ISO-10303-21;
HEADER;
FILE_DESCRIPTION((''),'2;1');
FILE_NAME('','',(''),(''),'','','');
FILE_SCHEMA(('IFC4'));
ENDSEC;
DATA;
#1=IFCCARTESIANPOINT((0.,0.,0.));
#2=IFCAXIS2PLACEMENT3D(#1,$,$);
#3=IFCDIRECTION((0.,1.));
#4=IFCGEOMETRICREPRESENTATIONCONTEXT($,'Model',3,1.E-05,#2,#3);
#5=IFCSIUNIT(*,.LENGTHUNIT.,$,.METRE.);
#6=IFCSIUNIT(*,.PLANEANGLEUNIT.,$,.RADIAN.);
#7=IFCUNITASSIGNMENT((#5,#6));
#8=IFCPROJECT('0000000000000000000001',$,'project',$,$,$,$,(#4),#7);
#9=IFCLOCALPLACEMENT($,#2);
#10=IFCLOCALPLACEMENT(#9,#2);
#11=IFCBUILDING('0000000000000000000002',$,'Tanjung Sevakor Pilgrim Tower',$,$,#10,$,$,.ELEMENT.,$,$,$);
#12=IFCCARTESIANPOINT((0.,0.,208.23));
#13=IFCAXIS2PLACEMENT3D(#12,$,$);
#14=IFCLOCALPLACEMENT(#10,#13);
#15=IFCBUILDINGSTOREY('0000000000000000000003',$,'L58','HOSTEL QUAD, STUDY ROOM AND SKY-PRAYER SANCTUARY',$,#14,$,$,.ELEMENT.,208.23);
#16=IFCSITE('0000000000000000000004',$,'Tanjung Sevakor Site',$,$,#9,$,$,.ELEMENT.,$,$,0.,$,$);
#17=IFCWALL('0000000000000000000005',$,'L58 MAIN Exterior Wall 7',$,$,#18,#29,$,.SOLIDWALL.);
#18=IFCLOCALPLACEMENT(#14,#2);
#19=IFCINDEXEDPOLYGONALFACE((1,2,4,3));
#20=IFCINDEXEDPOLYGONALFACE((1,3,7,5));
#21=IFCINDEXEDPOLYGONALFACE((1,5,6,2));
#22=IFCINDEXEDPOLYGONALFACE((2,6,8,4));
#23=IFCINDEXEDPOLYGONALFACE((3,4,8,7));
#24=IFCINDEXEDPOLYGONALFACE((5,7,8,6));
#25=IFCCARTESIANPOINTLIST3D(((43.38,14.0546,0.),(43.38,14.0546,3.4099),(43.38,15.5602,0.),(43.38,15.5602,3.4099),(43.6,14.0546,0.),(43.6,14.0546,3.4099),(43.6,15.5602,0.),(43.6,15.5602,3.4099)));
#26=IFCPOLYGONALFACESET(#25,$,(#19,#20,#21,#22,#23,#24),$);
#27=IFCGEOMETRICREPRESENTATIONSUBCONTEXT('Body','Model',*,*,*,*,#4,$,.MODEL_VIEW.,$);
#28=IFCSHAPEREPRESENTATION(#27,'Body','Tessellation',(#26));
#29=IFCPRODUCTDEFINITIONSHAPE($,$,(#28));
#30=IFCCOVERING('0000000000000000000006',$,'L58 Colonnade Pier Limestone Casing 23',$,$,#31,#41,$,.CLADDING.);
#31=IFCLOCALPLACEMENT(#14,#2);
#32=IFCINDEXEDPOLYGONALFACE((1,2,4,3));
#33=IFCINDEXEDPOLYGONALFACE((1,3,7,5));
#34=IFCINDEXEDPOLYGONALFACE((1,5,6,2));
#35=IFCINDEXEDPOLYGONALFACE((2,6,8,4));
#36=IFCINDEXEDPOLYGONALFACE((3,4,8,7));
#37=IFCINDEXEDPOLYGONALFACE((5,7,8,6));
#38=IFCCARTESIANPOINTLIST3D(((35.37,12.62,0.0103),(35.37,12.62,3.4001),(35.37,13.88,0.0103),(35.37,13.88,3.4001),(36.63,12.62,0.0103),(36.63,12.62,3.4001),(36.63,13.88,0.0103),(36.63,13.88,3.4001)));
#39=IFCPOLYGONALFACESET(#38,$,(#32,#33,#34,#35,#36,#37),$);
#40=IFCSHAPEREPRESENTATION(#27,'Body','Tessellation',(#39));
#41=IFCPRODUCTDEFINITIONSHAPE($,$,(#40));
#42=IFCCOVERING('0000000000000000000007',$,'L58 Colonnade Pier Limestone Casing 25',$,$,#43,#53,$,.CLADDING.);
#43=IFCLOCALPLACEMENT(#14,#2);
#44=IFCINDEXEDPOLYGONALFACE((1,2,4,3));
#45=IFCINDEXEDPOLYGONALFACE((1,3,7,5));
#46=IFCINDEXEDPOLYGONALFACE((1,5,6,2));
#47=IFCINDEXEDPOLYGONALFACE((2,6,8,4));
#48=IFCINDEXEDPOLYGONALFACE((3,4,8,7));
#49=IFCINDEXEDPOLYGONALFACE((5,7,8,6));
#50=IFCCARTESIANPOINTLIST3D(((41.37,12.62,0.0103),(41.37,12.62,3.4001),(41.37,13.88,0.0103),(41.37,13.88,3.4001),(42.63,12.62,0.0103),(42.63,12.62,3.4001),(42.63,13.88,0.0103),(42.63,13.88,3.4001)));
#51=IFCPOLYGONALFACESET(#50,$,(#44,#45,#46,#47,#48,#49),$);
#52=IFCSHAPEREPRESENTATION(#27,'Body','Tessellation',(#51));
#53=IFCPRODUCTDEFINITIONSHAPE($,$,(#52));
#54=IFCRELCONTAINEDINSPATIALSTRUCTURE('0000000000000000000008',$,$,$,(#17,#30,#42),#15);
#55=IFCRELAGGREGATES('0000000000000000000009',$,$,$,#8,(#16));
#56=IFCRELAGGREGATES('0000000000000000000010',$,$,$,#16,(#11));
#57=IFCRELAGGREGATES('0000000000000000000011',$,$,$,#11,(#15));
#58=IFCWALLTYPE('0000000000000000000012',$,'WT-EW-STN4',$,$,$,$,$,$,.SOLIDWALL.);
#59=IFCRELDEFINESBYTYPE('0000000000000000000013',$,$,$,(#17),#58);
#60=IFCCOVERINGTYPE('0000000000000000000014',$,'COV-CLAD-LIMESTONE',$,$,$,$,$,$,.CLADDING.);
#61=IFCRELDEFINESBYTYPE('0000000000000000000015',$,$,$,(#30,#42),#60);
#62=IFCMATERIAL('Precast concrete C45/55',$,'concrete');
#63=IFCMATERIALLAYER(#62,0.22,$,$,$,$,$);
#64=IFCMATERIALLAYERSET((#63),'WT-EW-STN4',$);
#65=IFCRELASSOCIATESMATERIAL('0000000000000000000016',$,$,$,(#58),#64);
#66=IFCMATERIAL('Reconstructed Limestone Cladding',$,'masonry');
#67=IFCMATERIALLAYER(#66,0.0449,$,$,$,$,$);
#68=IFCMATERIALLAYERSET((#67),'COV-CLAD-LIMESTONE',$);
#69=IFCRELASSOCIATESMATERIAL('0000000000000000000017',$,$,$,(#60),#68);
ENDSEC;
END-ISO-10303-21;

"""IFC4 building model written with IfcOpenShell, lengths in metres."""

from ifc_helpers import new_model, si_unit, direction, frame, frame_2d, origin, origin_2d, place, context, subcontext, project, spatial, rectangle, extrude, material, layer, layer_set, type_object, element, save


model = new_model("IFC4")

# Units and contexts
model_context = context("Model", 3, precision=1e-05, world=origin(), true_north=direction((0.0, 1.0)))
body_context = subcontext(model_context, "Body", "Model", "MODEL_VIEW")
ifc_project = project(units=[si_unit("LENGTHUNIT", "METRE"), si_unit("PLANEANGLEUNIT", "RADIAN")], contexts=[model_context])

# Site, building, storey
site_placement = place(None, origin())
site = spatial("IfcSite", under=ifc_project, at=site_placement, Name="Tanjung Sevakor Site", CompositionType="ELEMENT", RefElevation=0.0)
building_placement = place(site_placement, origin())
building = spatial("IfcBuilding", under=site, at=building_placement, Name="Tanjung Sevakor Pilgrim Tower", CompositionType="ELEMENT")
storey_placement = place(building_placement, frame((0.0, 0.0, 208.23)))
storey = spatial("IfcBuildingStorey", under=building, at=storey_placement, Name="L58", Description="HOSTEL QUAD, STUDY ROOM AND SKY-PRAYER SANCTUARY", CompositionType="ELEMENT", Elevation=208.23)

# Wall
ifc_material_1 = material(Name="Precast concrete C45/55", Category="concrete")
ifc_layer_1 = layer(ifc_material_1, 0.22)
ifc_layer_set_1 = layer_set([ifc_layer_1], Name="WT-EW-STN4")
wall_type_1 = type_object("IfcWallType", Name="WT-EW-STN4", PredefinedType="SOLIDWALL", material=ifc_layer_set_1)
wall_1_placement = place(storey_placement, frame((43.49, 14.0544, 0.0), z_axis=(0.0, 0.0, 1.0), x_axis=(0.0, 1.0, 0.0)))
element("IfcWall", 1, at=wall_1_placement, inside=storey, type_object=wall_type_1, Name="L58 MAIN Exterior Wall 7", PredefinedType="SOLIDWALL", context=body_context, shape_type="SweptSolid", body=[
    extrude(rectangle(XDim=1.5056, YDim=0.22, at=frame_2d((0.7529, 0.0))), origin(), (0.0, 0.0, 1.0), 3.4099),
])

# Coverings
ifc_material_2 = material(Name="Reconstructed Limestone Cladding", Category="masonry")
ifc_layer_2 = layer(ifc_material_2, 0.0449)
ifc_layer_set_2 = layer_set([ifc_layer_2], Name="COV-CLAD-LIMESTONE")
covering_type = type_object("IfcCoveringType", Name="COV-CLAD-LIMESTONE", PredefinedType="CLADDING", material=ifc_layer_set_2)
for number, where, z_axis, x_axis, name in (
    (2, (36.0, 13.25, 0.0103), (0.0, 0.0, 1.0), (1.0, 0.0, 0.0), "L58 Colonnade Pier Limestone Casing 23"),
    (3, (42.0, 13.25, 0.0103), (0.0, 0.0, 1.0), (1.0, 0.0, 0.0), "L58 Colonnade Pier Limestone Casing 25"),
):
    element("IfcCovering", number, at=place(storey_placement, frame(where, z_axis=z_axis, x_axis=x_axis)), inside=storey, type_object=covering_type, Name=name, PredefinedType="CLADDING", context=body_context, shape_type="SweptSolid", body=[
        extrude(rectangle(XDim=1.26, YDim=1.26, at=origin_2d()), origin(), (0.0, 0.0, 1.0), 3.3899),
    ])

save(model, "model.ifc")
